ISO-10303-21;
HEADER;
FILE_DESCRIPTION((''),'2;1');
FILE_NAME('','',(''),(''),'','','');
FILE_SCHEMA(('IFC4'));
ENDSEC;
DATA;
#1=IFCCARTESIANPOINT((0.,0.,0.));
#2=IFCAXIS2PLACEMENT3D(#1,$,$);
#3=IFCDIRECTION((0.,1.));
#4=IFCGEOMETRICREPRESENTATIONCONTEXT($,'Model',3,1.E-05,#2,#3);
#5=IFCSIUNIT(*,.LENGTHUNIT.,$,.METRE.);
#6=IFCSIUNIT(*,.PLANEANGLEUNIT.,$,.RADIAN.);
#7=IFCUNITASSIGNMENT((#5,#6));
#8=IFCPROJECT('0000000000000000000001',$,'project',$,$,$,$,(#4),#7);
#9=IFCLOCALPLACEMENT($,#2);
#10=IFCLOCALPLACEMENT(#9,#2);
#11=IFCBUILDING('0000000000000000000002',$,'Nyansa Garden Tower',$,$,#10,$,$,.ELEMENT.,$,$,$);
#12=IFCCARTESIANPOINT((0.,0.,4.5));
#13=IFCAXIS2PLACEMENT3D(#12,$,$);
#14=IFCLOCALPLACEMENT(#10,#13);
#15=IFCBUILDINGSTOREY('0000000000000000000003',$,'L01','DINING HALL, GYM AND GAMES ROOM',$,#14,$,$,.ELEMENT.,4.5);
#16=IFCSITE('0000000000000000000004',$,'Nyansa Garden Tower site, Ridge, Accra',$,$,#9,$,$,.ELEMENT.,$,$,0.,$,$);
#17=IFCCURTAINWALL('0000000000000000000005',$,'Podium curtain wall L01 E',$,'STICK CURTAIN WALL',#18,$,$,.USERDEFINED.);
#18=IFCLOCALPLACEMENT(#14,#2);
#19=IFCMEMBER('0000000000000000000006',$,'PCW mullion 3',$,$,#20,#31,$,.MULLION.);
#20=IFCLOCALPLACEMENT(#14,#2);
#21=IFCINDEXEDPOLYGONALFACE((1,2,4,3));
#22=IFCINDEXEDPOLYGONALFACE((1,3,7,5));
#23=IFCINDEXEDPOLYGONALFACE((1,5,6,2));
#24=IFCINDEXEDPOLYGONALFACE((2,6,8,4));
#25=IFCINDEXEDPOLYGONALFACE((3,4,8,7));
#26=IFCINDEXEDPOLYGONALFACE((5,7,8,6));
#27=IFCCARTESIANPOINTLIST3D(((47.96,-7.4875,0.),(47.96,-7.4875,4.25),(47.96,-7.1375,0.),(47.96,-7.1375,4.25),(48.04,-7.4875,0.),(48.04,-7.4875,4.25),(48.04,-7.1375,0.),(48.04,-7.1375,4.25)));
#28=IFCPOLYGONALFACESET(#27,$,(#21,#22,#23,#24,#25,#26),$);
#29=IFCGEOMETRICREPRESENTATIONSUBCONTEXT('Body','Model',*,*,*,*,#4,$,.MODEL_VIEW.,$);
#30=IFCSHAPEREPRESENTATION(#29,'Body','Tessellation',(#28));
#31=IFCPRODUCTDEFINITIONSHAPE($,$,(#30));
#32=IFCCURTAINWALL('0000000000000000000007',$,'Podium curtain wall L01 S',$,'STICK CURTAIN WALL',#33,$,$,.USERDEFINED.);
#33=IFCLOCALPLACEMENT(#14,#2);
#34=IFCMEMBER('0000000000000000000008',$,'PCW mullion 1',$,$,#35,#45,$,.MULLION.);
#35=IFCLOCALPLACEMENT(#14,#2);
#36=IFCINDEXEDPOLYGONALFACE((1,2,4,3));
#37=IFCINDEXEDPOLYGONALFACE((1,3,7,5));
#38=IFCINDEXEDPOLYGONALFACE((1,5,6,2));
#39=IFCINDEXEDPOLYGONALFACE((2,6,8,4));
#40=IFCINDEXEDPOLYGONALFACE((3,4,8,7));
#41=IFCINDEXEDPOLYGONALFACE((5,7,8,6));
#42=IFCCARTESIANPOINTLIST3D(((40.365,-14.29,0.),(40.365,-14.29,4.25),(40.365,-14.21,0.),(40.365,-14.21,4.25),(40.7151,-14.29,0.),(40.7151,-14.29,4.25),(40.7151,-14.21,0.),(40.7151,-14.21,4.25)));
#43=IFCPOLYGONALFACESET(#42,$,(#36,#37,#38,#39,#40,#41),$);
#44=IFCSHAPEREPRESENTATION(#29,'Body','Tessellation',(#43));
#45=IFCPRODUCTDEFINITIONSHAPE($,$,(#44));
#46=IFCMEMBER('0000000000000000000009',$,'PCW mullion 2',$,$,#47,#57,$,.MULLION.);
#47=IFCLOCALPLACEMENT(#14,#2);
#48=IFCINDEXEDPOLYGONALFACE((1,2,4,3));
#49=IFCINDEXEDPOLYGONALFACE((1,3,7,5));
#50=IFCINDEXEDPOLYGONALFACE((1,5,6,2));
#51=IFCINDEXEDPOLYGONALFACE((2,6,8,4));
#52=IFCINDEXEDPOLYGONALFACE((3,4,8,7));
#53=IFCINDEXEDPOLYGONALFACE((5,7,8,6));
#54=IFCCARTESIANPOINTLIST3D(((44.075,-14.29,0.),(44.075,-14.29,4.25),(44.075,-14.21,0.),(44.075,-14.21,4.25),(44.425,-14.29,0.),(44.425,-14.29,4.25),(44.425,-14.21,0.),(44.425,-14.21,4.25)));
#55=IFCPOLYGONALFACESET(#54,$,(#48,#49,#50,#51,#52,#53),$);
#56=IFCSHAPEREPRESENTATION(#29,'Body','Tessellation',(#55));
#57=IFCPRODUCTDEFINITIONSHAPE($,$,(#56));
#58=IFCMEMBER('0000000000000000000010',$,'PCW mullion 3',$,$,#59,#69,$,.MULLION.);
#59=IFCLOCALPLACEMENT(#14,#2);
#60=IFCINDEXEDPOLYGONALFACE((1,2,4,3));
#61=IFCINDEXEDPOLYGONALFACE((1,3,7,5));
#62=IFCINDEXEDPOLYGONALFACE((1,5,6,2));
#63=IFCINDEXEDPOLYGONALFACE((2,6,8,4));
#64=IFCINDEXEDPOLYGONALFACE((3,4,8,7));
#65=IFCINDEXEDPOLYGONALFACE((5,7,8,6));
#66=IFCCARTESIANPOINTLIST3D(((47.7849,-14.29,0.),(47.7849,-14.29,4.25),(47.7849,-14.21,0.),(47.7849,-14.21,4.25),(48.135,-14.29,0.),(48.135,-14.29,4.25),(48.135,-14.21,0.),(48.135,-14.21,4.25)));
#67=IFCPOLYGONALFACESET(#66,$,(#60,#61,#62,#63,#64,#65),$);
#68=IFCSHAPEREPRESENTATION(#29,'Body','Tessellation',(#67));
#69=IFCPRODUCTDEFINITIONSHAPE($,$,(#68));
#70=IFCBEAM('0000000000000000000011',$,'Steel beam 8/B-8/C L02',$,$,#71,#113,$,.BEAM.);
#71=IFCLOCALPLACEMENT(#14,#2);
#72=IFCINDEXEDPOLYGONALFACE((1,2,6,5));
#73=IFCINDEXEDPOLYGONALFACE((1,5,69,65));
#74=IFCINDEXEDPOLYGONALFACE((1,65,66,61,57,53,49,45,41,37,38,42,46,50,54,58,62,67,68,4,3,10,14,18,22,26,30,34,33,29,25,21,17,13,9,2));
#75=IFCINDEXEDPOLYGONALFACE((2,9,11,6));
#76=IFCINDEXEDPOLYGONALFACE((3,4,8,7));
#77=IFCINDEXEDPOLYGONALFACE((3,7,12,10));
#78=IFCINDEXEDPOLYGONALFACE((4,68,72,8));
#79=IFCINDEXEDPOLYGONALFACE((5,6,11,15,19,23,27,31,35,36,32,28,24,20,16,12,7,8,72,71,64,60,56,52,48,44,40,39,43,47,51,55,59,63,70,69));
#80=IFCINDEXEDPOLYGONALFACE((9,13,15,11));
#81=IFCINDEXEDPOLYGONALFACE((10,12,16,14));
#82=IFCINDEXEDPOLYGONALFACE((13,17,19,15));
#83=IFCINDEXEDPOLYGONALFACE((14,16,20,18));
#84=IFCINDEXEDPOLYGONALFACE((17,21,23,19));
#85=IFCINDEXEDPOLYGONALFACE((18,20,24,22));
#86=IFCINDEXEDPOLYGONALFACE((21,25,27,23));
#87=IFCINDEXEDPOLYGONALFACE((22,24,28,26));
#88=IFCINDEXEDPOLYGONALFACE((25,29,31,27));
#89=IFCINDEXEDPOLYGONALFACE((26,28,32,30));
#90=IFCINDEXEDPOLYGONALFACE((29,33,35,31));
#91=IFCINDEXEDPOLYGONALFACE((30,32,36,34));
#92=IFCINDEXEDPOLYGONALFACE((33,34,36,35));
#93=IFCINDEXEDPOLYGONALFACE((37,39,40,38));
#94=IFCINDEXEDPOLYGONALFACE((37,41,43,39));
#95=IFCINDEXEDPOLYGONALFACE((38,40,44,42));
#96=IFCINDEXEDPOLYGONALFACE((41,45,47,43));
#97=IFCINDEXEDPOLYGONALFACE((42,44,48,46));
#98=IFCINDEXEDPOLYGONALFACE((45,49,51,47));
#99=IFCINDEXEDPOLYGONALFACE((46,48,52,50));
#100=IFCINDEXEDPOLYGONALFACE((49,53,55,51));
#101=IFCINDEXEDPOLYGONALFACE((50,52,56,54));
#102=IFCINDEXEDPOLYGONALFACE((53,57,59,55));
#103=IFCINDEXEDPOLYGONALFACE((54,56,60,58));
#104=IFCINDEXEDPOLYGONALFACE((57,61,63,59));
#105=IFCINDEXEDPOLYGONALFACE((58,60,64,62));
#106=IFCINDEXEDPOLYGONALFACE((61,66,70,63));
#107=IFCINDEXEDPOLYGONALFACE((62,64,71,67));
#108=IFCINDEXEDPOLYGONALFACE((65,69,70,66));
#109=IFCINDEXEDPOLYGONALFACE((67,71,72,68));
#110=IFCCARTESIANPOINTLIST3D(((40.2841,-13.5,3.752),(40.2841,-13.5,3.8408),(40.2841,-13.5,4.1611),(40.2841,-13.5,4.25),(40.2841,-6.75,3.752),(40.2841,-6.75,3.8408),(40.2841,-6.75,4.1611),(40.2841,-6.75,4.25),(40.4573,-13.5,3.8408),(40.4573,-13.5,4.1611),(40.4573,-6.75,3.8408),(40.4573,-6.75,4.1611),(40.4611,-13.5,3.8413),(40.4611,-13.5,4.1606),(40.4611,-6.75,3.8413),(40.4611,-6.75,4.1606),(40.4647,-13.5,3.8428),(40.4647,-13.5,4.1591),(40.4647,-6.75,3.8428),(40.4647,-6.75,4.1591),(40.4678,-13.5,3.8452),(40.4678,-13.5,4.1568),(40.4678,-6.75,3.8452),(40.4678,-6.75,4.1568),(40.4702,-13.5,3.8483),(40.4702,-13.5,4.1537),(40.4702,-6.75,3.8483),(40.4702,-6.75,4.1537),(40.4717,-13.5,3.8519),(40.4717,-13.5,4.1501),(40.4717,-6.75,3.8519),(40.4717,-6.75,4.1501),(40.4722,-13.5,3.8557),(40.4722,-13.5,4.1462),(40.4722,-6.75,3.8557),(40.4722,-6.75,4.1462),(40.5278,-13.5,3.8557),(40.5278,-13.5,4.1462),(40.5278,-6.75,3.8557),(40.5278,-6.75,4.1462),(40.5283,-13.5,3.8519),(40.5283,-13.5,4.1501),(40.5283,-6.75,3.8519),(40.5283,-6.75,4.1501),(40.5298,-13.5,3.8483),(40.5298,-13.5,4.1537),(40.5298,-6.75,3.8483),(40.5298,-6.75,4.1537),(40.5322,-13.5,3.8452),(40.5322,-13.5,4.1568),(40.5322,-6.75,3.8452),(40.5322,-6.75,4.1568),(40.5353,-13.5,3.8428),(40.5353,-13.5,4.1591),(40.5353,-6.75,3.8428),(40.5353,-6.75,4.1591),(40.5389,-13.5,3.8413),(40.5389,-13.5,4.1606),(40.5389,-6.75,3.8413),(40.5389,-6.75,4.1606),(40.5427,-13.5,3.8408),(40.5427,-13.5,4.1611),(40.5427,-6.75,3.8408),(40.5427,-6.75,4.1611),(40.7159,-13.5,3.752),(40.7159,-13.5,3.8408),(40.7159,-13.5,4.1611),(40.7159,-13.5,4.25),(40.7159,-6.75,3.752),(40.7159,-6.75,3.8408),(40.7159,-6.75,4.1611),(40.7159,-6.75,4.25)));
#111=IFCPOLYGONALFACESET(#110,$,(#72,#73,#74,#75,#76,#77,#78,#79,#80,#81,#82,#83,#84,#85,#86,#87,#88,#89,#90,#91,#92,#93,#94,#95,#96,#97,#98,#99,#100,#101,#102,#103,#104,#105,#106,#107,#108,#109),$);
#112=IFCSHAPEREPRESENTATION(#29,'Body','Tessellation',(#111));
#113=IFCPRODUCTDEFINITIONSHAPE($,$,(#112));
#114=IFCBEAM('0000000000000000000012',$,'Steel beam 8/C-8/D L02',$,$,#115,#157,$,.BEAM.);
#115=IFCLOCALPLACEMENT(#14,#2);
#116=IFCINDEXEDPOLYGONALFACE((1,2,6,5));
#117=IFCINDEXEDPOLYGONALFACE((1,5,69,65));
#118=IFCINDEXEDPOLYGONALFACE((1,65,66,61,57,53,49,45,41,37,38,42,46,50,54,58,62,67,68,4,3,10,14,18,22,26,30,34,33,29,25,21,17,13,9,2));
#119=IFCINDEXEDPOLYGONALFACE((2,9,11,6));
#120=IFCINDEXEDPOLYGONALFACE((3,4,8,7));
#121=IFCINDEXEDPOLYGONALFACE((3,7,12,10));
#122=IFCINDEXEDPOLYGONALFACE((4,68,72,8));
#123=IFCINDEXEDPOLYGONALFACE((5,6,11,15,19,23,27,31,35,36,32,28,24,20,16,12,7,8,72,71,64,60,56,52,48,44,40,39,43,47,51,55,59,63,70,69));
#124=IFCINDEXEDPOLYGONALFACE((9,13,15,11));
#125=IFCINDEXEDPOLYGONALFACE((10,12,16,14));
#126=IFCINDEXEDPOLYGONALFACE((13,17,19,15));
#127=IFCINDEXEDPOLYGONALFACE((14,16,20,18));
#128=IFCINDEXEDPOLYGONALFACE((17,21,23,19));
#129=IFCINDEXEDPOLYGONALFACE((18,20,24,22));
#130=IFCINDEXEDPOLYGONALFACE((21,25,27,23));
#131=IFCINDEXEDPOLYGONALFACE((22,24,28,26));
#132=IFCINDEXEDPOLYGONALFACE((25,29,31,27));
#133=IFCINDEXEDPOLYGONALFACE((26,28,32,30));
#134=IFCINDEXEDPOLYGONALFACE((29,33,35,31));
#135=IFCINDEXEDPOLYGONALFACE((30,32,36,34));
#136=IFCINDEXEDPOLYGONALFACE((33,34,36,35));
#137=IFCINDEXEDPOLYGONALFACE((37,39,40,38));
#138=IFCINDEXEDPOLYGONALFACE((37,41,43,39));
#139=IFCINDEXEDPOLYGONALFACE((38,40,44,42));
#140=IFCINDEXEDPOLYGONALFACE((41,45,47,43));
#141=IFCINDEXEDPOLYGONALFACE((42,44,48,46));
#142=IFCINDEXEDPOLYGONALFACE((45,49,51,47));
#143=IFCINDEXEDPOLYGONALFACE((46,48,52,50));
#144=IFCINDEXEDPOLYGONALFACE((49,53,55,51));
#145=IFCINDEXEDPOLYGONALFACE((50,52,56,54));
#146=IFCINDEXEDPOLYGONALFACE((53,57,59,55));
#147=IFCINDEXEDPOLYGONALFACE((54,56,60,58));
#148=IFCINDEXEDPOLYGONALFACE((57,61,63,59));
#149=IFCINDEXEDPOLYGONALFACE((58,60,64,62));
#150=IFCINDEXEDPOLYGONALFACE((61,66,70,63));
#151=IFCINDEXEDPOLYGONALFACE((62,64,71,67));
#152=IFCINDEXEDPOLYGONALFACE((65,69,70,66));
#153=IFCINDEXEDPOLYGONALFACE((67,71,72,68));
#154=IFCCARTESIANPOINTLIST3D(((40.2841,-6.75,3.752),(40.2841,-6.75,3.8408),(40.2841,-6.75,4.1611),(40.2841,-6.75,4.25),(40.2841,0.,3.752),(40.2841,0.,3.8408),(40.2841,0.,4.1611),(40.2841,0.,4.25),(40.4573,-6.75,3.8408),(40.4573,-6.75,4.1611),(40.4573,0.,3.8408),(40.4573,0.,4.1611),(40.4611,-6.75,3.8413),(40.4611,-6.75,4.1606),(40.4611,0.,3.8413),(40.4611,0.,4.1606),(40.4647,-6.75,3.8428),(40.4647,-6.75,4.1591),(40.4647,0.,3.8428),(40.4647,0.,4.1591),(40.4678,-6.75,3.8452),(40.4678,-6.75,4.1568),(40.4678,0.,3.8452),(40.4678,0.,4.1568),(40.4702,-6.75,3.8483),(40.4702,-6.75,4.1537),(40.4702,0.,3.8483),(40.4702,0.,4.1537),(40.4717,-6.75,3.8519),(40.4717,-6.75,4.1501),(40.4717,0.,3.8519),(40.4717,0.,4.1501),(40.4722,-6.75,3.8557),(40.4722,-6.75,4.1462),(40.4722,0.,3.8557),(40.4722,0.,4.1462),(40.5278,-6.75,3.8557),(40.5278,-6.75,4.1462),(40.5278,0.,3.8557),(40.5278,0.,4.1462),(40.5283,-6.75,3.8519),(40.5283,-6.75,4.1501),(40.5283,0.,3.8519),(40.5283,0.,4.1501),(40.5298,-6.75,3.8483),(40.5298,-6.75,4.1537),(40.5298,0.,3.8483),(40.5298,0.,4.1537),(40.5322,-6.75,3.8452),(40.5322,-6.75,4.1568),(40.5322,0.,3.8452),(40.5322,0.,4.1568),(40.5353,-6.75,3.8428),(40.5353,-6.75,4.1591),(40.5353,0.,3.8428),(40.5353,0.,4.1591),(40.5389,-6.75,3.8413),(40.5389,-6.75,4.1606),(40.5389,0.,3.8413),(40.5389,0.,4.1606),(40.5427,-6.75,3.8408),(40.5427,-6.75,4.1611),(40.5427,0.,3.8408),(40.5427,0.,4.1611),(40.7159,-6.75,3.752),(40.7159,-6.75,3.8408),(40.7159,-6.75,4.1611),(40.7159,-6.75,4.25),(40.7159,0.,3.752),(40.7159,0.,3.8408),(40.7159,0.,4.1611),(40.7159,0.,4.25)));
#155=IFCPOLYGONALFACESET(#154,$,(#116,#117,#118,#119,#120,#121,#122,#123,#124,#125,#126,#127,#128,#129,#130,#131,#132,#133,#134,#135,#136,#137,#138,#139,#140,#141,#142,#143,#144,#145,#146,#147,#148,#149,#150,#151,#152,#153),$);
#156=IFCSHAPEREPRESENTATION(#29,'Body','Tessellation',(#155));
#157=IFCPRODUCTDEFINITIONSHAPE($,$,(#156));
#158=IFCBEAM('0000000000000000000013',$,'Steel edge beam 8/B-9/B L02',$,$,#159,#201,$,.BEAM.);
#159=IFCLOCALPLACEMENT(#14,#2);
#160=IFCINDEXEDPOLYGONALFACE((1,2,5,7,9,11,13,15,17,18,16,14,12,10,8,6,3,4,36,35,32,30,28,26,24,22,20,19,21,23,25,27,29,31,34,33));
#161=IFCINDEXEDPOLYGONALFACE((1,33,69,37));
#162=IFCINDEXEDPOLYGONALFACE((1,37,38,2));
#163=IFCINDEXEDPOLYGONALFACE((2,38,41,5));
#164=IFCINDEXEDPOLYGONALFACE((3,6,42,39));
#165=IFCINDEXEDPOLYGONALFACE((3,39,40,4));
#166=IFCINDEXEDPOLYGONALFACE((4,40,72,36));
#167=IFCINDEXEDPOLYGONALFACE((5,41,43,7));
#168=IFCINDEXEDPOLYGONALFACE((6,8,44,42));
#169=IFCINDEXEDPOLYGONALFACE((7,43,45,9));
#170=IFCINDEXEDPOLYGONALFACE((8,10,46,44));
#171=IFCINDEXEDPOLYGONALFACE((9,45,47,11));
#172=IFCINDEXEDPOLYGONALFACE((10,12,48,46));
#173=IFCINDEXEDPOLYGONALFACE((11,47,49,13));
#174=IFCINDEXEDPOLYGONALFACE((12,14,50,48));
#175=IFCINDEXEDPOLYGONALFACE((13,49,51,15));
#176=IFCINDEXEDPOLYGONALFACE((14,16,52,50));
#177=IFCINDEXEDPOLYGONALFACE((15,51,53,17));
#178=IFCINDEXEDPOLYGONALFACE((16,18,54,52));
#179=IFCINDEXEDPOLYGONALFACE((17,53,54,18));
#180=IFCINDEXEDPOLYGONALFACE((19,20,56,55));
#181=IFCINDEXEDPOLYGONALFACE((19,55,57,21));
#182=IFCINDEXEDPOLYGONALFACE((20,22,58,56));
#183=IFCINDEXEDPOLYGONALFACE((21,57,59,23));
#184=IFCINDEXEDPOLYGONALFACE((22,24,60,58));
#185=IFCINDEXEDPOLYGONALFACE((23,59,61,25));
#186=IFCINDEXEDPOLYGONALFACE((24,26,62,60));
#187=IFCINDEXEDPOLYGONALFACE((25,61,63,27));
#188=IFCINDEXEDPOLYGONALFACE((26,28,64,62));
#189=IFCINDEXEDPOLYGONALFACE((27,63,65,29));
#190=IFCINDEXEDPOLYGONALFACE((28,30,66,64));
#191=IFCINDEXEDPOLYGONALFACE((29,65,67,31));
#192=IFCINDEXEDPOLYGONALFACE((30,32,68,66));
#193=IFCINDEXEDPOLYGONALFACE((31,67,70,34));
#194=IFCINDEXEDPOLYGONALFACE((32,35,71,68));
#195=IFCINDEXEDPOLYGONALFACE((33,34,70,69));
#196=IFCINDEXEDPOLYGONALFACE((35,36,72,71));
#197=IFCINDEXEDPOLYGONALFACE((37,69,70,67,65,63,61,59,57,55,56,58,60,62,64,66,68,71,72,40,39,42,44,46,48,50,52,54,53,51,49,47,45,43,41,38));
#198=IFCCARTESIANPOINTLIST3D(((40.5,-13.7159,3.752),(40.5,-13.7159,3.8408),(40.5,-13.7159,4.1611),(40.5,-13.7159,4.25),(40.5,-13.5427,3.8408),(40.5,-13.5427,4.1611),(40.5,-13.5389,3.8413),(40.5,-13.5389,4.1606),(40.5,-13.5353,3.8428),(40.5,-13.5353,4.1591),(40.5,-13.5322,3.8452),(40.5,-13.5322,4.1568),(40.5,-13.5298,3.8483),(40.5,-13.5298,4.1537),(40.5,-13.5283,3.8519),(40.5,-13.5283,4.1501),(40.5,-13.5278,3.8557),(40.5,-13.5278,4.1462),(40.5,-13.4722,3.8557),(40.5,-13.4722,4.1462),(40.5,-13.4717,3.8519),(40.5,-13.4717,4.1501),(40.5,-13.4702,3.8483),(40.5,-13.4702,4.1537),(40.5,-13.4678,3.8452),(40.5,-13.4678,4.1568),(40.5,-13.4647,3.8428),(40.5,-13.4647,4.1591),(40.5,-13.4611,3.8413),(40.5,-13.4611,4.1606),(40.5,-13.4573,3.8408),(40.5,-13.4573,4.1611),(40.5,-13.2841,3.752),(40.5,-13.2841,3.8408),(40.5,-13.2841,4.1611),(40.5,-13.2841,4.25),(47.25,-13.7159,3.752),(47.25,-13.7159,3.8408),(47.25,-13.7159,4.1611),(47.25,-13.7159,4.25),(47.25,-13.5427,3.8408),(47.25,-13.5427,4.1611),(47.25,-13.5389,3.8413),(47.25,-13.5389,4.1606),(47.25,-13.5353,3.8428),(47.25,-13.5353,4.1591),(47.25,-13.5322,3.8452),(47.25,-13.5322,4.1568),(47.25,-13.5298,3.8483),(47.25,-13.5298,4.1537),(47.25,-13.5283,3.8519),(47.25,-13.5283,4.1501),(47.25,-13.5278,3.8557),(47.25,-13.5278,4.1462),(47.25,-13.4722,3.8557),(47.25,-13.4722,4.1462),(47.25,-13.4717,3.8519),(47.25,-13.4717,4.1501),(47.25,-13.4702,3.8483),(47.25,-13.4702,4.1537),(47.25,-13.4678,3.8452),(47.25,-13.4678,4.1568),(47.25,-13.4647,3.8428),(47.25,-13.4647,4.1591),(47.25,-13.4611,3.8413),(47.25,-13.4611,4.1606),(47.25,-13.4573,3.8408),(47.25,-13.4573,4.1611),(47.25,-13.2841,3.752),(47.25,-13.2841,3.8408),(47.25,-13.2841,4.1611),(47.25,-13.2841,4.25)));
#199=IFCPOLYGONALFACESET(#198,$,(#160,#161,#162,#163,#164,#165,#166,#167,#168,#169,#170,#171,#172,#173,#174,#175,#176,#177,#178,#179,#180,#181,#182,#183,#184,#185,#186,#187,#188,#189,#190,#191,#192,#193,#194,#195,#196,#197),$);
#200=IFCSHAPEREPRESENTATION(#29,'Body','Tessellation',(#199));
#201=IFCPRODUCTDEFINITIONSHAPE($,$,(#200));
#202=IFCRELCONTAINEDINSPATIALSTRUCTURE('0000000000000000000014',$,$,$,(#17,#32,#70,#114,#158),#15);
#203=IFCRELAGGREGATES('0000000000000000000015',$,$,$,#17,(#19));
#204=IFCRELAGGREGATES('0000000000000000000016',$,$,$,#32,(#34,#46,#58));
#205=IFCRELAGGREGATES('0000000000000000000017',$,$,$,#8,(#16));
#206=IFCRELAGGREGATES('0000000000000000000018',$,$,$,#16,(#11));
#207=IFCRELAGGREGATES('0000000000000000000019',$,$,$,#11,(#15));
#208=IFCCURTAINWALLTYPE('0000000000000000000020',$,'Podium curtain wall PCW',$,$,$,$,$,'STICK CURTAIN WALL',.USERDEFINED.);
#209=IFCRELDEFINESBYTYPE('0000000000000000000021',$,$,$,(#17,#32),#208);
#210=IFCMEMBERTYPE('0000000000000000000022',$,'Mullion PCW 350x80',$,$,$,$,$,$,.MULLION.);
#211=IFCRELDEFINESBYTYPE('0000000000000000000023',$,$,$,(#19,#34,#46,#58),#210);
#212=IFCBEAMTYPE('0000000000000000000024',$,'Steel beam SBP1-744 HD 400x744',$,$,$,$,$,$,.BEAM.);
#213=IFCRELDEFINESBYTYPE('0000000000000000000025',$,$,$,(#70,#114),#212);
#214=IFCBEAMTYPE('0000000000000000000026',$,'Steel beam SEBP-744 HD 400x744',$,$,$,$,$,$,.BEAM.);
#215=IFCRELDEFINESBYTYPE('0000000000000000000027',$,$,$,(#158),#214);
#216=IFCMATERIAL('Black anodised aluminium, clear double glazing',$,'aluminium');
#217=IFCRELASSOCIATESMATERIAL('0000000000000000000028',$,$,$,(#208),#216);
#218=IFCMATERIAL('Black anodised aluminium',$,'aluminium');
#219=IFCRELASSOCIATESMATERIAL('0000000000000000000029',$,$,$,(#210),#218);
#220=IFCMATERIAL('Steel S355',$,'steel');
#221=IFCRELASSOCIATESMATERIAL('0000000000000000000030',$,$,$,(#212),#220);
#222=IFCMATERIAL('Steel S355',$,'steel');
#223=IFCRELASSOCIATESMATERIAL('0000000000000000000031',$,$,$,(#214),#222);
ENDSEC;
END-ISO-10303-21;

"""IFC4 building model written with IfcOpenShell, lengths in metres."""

from ifc_helpers import new_model, si_unit, direction, frame, origin, origin_2d, place, context, subcontext, project, spatial, rectangle, i_section, extrude, material, material_profile, profile_set, type_object, element, aggregate, save


model = new_model("IFC4")

# Units and contexts
model_context = context("Model", 3, precision=1e-05, world=origin(), true_north=direction((0.0, 1.0)))
body_context = subcontext(model_context, "Body", "Model", "MODEL_VIEW")
ifc_project = project(units=[si_unit("LENGTHUNIT", "METRE"), si_unit("PLANEANGLEUNIT", "RADIAN")], contexts=[model_context])

# Site, building, storey
site_placement = place(None, origin())
site = spatial("IfcSite", under=ifc_project, at=site_placement, Name="Nyansa Garden Tower site, Ridge, Accra", CompositionType="ELEMENT", RefElevation=0.0)
building_placement = place(site_placement, origin())
building = spatial("IfcBuilding", under=site, at=building_placement, Name="Nyansa Garden Tower", CompositionType="ELEMENT")
storey_placement = place(building_placement, frame((0.0, 0.0, 4.5)))
storey = spatial("IfcBuildingStorey", under=building, at=storey_placement, Name="L01", Description="DINING HALL, GYM AND GAMES ROOM", CompositionType="ELEMENT", Elevation=4.5)

# Curtain walls, members
ifc_material_1 = material(Name="Black anodised aluminium, clear double glazing", Category="aluminium")
curtain_wall_type = type_object("IfcCurtainWallType", Name="Podium curtain wall PCW", ElementType="STICK CURTAIN WALL", PredefinedType="USERDEFINED", material=ifc_material_1)
curtain_wall_1_placement = place(storey_placement, origin())
curtain_wall_1 = element("IfcCurtainWall", 1, at=curtain_wall_1_placement, inside=storey, type_object=curtain_wall_type, Name="Podium curtain wall L01 E", ObjectType="STICK CURTAIN WALL", PredefinedType="USERDEFINED")
ifc_material_2 = material(Name="Black anodised aluminium", Category="aluminium")
ifc_material_profile_1 = material_profile(ifc_material_2, rectangle(XDim=0.0801, YDim=0.3501, at=origin_2d()), Name="Mullion 350x80")
ifc_profile_set_1 = profile_set([ifc_material_profile_1], Name="Black anodised aluminium")
member_type_1 = type_object("IfcMemberType", Name="Mullion PCW 350x80", PredefinedType="MULLION", material=ifc_profile_set_1)
member_1_placement = place(storey_placement, frame((48.0, -7.3125, 0.0), z_axis=(0.0, 0.0, 1.0), x_axis=(-1.0, 0.0, 0.0)))
member_1 = element("IfcMember", 2, at=member_1_placement, type_object=member_type_1, Name="PCW mullion 3", PredefinedType="MULLION", context=body_context, shape_type="SweptSolid", body=[
    extrude(rectangle(XDim=0.0801, YDim=0.3501, at=origin_2d()), origin(), (0.0, 0.0, 1.0), 4.25),
])
curtain_wall_2_placement = place(storey_placement, origin())
curtain_wall_2 = element("IfcCurtainWall", 3, at=curtain_wall_2_placement, inside=storey, type_object=curtain_wall_type, Name="Podium curtain wall L01 S", ObjectType="STICK CURTAIN WALL", PredefinedType="USERDEFINED")
member_2_placement = place(storey_placement, frame((40.54, -14.25, 0.0), z_axis=(0.0, 0.0, 1.0), x_axis=(0.0, 1.0, 0.0)))
member_2 = element("IfcMember", 4, at=member_2_placement, type_object=member_type_1, Name="PCW mullion 1", PredefinedType="MULLION", context=body_context, shape_type="SweptSolid", body=[
    extrude(rectangle(XDim=0.0801, YDim=0.3501, at=origin_2d()), origin(), (0.0, 0.0, 1.0), 4.25),
])
member_3_placement = place(storey_placement, frame((44.25, -14.25, 0.0), z_axis=(0.0, 0.0, 1.0), x_axis=(0.0, 1.0, 0.0)))
member_3 = element("IfcMember", 5, at=member_3_placement, type_object=member_type_1, Name="PCW mullion 2", PredefinedType="MULLION", context=body_context, shape_type="SweptSolid", body=[
    extrude(rectangle(XDim=0.0801, YDim=0.3501, at=origin_2d()), origin(), (0.0, 0.0, 1.0), 4.25),
])
member_4_placement = place(storey_placement, frame((47.96, -14.25, 0.0), z_axis=(0.0, 0.0, 1.0), x_axis=(0.0, 1.0, 0.0)))
member_4 = element("IfcMember", 6, at=member_4_placement, type_object=member_type_1, Name="PCW mullion 3", PredefinedType="MULLION", context=body_context, shape_type="SweptSolid", body=[
    extrude(rectangle(XDim=0.0801, YDim=0.3501, at=origin_2d()), origin(), (0.0, 0.0, 1.0), 4.25),
])

# Beams
ifc_material_3 = material(Name="Steel S355", Category="steel")
ifc_material_profile_2 = material_profile(ifc_material_3, i_section(OverallWidth=0.4319, OverallDepth=0.498, WebThickness=0.0557, FlangeThickness=0.0889, FilletRadius=0.0149, at=origin_2d()), Name="HD 400x744")
ifc_profile_set_2 = profile_set([ifc_material_profile_2], Name="Steel S355")
beam_type_1 = type_object("IfcBeamType", Name="Steel beam SBP1-744 HD 400x744", PredefinedType="BEAM", material=ifc_profile_set_2)
for number, where, z_axis, x_axis, name in (
    (7, (40.5, -13.5, 4.001), (0.0, 1.0, 0.0), (-1.0, 0.0, 0.0), "Steel beam 8/B-8/C L02"),
    (8, (40.5, -6.75, 4.001), (0.0, 1.0, 0.0), (-1.0, 0.0, 0.0), "Steel beam 8/C-8/D L02"),
):
    element("IfcBeam", number, at=place(storey_placement, frame(where, z_axis=z_axis, x_axis=x_axis)), inside=storey, type_object=beam_type_1, Name=name, PredefinedType="BEAM", context=body_context, shape_type="SweptSolid", body=[
        extrude(i_section(OverallWidth=0.4319, OverallDepth=0.498, WebThickness=0.0557, FlangeThickness=0.0889, FilletRadius=0.0149, at=origin_2d()), origin(), (0.0, 0.0, 1.0), 6.75),
    ])
ifc_material_4 = material(Name="Steel S355", Category="steel")
ifc_material_profile_3 = material_profile(ifc_material_4, i_section(OverallWidth=0.4319, OverallDepth=0.498, WebThickness=0.0557, FlangeThickness=0.0889, FilletRadius=0.0149, at=origin_2d()), Name="HD 400x744")
ifc_profile_set_3 = profile_set([ifc_material_profile_3], Name="Steel S355")
beam_type_2 = type_object("IfcBeamType", Name="Steel beam SEBP-744 HD 400x744", PredefinedType="BEAM", material=ifc_profile_set_3)
for number, where, z_axis, x_axis, name in (
    (9, (40.5, -13.5, 4.001), (1.0, 0.0, 0.0), (0.0, 1.0, 0.0), "Steel edge beam 8/B-9/B L02"),
):
    element("IfcBeam", number, at=place(storey_placement, frame(where, z_axis=z_axis, x_axis=x_axis)), inside=storey, type_object=beam_type_2, Name=name, PredefinedType="BEAM", context=body_context, shape_type="SweptSolid", body=[
        extrude(i_section(OverallWidth=0.4319, OverallDepth=0.498, WebThickness=0.0557, FlangeThickness=0.0889, FilletRadius=0.0149, at=origin_2d()), origin(), (0.0, 0.0, 1.0), 6.75),
    ])

aggregate(curtain_wall_1, [member_1])
aggregate(curtain_wall_2, [member_2, member_3, member_4])

save(model, "model.ifc")
